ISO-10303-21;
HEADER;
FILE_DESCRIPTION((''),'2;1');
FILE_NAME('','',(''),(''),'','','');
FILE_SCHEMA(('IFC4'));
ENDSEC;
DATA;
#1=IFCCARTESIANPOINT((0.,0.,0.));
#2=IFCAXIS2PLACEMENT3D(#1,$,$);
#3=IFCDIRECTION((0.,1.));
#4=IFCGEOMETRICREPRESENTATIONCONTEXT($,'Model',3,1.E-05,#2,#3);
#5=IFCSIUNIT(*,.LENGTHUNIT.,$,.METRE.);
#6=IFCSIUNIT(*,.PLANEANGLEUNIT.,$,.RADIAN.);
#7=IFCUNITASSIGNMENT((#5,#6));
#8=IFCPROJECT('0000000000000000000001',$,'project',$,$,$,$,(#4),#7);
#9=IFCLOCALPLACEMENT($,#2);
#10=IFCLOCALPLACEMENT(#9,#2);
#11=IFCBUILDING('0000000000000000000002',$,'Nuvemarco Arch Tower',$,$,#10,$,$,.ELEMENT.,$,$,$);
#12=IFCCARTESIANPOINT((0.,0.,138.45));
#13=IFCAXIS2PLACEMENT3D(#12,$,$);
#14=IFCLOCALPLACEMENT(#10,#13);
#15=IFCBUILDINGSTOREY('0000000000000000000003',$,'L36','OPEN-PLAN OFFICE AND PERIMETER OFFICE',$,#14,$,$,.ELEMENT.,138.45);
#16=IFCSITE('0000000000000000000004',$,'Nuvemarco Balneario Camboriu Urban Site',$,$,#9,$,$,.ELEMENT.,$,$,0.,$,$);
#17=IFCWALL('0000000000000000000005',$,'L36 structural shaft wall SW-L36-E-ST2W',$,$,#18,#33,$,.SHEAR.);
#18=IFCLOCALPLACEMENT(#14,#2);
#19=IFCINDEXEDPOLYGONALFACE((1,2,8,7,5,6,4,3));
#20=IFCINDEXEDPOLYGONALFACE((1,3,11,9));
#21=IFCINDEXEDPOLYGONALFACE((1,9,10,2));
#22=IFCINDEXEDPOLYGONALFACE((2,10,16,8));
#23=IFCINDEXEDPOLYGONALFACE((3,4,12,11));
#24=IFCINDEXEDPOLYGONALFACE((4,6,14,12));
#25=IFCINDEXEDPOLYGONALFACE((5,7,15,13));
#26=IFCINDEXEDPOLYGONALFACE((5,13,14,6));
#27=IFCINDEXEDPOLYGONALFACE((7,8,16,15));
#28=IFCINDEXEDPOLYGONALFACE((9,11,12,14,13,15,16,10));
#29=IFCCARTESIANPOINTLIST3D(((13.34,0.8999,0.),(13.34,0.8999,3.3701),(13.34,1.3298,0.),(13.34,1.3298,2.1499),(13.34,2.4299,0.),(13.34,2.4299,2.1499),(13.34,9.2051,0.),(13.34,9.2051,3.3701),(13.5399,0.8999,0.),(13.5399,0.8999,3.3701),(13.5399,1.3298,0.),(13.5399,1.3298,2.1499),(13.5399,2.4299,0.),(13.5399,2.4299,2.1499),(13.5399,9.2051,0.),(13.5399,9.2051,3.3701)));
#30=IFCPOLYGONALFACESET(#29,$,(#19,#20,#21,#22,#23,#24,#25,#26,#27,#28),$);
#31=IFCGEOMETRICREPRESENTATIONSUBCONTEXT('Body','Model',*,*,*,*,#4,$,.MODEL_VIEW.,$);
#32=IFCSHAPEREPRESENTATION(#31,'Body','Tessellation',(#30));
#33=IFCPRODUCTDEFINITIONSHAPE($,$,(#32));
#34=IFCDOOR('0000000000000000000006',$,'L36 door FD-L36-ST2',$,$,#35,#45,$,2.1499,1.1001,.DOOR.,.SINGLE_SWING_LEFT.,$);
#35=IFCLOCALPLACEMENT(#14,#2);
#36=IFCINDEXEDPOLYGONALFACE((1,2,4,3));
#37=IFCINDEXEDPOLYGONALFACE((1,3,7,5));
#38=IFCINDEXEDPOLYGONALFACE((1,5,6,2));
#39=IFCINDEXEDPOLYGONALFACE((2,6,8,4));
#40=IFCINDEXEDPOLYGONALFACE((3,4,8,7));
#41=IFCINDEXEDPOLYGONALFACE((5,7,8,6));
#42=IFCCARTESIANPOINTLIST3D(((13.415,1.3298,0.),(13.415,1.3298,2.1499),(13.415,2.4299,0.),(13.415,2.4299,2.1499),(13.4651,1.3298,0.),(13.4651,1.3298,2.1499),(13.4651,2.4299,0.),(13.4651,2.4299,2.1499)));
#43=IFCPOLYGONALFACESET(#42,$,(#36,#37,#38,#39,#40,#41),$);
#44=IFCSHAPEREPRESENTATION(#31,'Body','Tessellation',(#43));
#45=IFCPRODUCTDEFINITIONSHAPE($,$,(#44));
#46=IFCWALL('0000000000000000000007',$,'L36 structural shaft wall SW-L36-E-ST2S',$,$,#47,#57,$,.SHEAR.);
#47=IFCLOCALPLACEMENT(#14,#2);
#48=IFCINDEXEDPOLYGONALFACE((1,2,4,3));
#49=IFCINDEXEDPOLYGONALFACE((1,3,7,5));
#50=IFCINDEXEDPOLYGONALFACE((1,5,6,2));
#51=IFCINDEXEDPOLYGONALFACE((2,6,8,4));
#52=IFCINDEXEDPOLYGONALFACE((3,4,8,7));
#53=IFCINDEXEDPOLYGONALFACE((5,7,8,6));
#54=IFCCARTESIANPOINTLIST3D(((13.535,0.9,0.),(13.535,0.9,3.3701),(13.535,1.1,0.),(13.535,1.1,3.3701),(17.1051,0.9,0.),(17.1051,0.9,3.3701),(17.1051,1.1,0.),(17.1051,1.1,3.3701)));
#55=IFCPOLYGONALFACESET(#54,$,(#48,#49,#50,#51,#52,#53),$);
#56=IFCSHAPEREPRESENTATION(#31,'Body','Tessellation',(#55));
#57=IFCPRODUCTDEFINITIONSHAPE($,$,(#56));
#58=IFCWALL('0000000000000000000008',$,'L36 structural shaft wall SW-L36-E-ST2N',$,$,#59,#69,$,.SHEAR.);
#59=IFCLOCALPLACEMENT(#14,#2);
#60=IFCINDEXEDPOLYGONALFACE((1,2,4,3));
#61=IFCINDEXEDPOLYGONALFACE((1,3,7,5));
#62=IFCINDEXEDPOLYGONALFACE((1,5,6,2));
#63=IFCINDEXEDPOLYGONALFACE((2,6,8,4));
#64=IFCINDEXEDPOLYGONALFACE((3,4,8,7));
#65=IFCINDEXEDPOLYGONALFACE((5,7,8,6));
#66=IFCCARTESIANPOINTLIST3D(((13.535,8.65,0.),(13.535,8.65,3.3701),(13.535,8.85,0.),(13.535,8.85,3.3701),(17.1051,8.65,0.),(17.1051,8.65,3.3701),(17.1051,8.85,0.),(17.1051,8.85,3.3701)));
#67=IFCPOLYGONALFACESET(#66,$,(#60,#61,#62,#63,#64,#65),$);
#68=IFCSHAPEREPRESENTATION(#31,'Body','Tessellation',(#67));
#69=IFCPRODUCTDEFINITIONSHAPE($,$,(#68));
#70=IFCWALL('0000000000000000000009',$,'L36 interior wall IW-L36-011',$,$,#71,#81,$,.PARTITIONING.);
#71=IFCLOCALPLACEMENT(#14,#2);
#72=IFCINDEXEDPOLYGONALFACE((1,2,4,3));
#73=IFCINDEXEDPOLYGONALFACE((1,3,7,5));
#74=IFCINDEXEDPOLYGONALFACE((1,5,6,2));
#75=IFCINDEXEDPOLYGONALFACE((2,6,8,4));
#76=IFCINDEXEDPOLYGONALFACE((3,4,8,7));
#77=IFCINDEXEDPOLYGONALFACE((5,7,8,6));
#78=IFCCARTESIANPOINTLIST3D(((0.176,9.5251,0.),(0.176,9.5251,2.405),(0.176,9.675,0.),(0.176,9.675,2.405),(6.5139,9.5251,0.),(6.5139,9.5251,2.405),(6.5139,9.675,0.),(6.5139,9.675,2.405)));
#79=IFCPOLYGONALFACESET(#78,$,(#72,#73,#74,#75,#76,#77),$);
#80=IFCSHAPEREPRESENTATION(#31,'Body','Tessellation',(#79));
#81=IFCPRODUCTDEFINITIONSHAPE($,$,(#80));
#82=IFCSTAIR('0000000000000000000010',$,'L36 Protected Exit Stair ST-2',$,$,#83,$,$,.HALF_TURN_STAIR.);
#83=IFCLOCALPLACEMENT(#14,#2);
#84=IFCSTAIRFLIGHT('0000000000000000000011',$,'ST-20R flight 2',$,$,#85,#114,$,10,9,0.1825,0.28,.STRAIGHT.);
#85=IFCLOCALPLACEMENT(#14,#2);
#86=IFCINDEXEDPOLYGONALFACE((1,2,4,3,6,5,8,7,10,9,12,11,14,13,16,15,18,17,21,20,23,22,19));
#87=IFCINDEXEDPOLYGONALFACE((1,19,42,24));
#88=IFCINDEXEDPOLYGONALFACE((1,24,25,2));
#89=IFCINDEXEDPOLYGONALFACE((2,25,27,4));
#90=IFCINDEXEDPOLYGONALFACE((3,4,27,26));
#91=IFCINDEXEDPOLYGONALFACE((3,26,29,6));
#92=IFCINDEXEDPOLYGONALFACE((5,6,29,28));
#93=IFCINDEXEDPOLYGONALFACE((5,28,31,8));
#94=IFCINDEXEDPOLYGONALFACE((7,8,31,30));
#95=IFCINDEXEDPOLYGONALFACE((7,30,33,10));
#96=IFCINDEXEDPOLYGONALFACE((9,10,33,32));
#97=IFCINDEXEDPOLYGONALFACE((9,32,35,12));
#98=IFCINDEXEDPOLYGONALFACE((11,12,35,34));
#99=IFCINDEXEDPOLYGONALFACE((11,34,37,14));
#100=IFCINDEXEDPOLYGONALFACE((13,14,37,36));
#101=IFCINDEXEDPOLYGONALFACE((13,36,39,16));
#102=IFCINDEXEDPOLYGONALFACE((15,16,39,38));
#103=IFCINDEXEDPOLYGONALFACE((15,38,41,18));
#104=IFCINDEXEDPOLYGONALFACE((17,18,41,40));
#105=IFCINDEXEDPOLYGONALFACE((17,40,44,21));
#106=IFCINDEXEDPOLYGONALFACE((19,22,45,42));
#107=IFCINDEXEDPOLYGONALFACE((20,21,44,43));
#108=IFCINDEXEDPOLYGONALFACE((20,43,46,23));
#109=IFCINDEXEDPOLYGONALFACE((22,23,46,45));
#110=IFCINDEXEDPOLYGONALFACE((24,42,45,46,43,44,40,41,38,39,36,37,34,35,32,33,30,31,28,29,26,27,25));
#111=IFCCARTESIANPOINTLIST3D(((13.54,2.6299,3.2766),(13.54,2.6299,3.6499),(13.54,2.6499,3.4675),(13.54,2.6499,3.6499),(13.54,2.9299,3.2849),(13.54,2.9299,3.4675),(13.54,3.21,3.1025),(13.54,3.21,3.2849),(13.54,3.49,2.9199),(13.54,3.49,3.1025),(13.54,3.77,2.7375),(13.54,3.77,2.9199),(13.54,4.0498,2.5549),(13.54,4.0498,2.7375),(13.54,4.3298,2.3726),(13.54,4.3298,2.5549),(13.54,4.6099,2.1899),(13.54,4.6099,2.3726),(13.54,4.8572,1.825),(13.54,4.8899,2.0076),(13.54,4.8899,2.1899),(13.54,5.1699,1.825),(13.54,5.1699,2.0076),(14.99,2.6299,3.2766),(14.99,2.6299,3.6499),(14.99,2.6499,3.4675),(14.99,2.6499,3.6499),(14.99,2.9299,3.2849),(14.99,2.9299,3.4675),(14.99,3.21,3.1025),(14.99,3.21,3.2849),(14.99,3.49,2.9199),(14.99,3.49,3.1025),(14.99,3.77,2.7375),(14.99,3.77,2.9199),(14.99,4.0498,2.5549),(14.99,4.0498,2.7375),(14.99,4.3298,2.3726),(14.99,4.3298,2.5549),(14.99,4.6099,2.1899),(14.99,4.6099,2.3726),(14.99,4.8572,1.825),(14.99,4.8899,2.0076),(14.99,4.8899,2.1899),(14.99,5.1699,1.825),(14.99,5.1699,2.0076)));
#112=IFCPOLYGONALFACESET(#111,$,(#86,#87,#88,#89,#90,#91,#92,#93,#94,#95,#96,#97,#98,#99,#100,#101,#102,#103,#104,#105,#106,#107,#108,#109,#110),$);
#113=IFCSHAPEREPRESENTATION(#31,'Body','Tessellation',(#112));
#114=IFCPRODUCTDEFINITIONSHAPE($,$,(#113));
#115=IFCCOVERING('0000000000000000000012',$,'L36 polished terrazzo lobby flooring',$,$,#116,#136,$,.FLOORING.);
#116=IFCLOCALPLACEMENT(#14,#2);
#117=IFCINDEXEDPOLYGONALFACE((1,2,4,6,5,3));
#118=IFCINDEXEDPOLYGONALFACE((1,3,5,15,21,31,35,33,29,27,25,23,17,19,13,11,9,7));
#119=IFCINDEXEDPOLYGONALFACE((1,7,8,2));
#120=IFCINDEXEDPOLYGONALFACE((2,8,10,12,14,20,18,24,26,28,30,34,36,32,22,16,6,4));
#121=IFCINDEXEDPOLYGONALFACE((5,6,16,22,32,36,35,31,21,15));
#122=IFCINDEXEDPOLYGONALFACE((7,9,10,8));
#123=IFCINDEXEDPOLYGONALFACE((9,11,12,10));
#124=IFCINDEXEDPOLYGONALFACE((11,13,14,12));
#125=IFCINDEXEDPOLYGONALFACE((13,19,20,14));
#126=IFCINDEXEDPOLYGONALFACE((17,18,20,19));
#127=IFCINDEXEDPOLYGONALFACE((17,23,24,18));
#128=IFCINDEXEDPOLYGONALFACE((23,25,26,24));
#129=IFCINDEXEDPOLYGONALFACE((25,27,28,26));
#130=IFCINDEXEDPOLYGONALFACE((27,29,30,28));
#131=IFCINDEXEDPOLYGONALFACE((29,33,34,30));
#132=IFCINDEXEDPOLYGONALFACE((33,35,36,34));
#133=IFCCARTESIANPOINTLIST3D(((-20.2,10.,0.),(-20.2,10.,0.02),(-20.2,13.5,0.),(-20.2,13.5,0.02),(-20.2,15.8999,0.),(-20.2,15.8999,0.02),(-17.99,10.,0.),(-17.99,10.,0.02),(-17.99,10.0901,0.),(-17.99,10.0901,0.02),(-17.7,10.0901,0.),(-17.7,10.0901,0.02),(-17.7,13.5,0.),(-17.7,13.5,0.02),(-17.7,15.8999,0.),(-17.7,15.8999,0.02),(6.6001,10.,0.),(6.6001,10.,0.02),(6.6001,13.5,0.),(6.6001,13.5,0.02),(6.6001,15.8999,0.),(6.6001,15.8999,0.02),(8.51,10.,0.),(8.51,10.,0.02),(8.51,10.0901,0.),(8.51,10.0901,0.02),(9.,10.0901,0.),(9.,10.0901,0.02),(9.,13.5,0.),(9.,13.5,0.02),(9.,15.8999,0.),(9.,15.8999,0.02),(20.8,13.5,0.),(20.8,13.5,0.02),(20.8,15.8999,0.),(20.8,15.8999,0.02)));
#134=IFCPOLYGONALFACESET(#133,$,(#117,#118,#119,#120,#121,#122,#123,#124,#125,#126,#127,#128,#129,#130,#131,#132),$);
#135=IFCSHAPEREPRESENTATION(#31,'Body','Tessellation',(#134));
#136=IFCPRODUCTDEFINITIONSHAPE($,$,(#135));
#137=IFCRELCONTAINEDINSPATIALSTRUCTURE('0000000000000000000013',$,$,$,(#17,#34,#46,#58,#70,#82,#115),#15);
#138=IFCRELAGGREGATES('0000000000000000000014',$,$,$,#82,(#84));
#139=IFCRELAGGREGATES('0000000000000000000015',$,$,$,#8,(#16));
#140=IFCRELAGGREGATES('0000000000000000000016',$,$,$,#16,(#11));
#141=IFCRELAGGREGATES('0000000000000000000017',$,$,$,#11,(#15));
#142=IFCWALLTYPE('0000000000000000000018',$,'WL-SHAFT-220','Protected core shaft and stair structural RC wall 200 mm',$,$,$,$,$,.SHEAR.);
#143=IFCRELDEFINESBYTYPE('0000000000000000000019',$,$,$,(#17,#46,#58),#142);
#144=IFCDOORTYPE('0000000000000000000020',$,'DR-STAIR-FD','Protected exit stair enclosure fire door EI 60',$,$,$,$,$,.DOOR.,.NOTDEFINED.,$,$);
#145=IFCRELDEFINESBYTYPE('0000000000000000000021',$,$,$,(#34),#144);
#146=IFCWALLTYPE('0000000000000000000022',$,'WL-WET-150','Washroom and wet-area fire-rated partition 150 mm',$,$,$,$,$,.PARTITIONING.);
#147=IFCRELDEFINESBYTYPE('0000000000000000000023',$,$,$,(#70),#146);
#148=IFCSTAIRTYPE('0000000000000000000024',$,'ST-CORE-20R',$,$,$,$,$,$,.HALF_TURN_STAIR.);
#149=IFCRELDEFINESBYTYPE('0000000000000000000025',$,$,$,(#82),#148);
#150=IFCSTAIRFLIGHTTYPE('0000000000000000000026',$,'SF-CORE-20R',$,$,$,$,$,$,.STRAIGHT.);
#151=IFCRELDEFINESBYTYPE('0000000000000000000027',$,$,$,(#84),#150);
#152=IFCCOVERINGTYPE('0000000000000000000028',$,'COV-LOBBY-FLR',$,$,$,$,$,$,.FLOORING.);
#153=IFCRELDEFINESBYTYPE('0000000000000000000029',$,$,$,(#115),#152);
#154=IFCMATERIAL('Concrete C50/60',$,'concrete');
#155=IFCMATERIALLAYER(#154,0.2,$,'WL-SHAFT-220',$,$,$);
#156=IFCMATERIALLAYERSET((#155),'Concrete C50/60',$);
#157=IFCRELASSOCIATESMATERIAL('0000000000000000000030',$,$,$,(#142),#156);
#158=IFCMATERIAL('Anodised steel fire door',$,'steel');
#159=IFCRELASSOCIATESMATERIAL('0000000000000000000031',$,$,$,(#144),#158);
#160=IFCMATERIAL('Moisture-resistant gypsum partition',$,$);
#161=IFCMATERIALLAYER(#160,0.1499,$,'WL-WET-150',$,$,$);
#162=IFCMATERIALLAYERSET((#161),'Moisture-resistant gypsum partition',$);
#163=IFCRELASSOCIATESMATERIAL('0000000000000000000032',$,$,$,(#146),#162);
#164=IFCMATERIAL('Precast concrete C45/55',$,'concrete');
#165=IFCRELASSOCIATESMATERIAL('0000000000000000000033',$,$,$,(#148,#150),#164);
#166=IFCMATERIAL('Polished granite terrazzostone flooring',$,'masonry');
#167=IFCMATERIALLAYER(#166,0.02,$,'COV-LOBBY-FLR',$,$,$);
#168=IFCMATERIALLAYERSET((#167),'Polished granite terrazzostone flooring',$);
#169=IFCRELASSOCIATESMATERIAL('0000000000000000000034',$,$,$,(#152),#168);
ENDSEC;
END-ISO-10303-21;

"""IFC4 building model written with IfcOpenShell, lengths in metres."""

from ifc_helpers import new_model, si_unit, direction, frame, frame_2d, origin, place, context, subcontext, project, spatial, polyline, rectangle, outline, extrude, source, transform, mapped, material, layer, layer_set, type_object, type_shapes, element, fill, aggregate, save


model = new_model("IFC4")

# Units and contexts
model_context = context("Model", 3, precision=1e-05, world=origin(), true_north=direction((0.0, 1.0)))
body_context = subcontext(model_context, "Body", "Model", "MODEL_VIEW")
ifc_project = project(units=[si_unit("LENGTHUNIT", "METRE"), si_unit("PLANEANGLEUNIT", "RADIAN")], contexts=[model_context])

# Site, building, storey
site_placement = place(None, origin())
site = spatial("IfcSite", under=ifc_project, at=site_placement, Name="Nuvemarco Balneario Camboriu Urban Site", CompositionType="ELEMENT", RefElevation=0.0)
building_placement = place(site_placement, origin())
building = spatial("IfcBuilding", under=site, at=building_placement, Name="Nuvemarco Arch Tower", CompositionType="ELEMENT")
storey_placement = place(building_placement, frame((0.0, 0.0, 138.45)))
storey = spatial("IfcBuildingStorey", under=building, at=storey_placement, Name="L36", Description="OPEN-PLAN OFFICE AND PERIMETER OFFICE", CompositionType="ELEMENT", Elevation=138.45)

# Shared definitions
ifc_material_1 = material(Name="Concrete C50/60", Category="concrete")

# Shared definitions
ifc_material_2 = material(Name="Anodised steel fire door", Category="steel")

# Wall, opening, door
ifc_layer_1 = layer(ifc_material_1, 0.2, Name="WL-SHAFT-220")
ifc_layer_set_1 = layer_set([ifc_layer_1], Name="Concrete C50/60")
wall_type_1 = type_object("IfcWallType", Name="WL-SHAFT-220", Description="Protected core shaft and stair structural RC wall 200 mm", PredefinedType="SHEAR", material=ifc_layer_set_1)
wall_1_placement = place(storey_placement, frame((13.4399, 0.8999, 0.0), z_axis=(0.0, 0.0, 1.0), x_axis=(0.0, 1.0, 0.0)))
wall_1 = element("IfcWall", 1, at=wall_1_placement, inside=storey, type_object=wall_type_1, Name="L36 structural shaft wall SW-L36-E-ST2W", PredefinedType="SHEAR", context=body_context, shape_type="SweptSolid", body=[
    extrude(rectangle(XDim=8.3052, YDim=0.2, at=frame_2d((4.1526, 0.0))), origin(), (0.0, 0.0, 1.0), 3.3701),
])
opening_1_placement = place(wall_1_placement, frame((0.4299, 0.0, 0.0)))
opening_1 = element("IfcOpeningElement", 2, at=opening_1_placement, cuts=wall_1, PredefinedType="OPENING", context=body_context, shape_type="SweptSolid", body=[
    extrude(rectangle(XDim=1.1001, YDim=2.1499, at=frame_2d((0.55, 1.075))), frame((0.0, 0.1099, 0.0), z_axis=(0.0, -1.0, 0.0), x_axis=(1.0, 0.0, 0.0)), (0.0, 0.0, 1.0), 0.22),
])
door_type_1 = type_object("IfcDoorType", Name="DR-STAIR-FD", Description="Protected exit stair enclosure fire door EI 60", OperationType="NOTDEFINED", PredefinedType="DOOR", material=ifc_material_2)
shared_shape_1 = source(origin(), body_context, "Body", "SweptSolid", [
    extrude(rectangle(XDim=1.1001, YDim=2.1499, at=frame_2d((0.55, 1.075))), frame((0.0, 0.0249, 0.0), z_axis=(0.0, -1.0, 0.0), x_axis=(1.0, 0.0, 0.0)), (0.0, 0.0, 1.0), 0.05),
])
type_shapes(door_type_1, [shared_shape_1])
door_1_placement = place(opening_1_placement, origin())
door_1 = element("IfcDoor", 3, at=door_1_placement, inside=storey, type_object=door_type_1, Name="L36 door FD-L36-ST2", OperationType="SINGLE_SWING_LEFT", OverallHeight=2.1499, OverallWidth=1.1001, PredefinedType="DOOR", context=body_context, shape_type="MappedRepresentation", body=[
    mapped(shared_shape_1, transform((0.0, 0.0, 0.0), scale=1.0)),
])
fill(opening_1, door_1)

# Walls
for number, where, z_axis, x_axis, name in (
    (4, (13.5349, 1.0, 0.0), (0.0, 0.0, 1.0), (1.0, 0.0, 0.0), "L36 structural shaft wall SW-L36-E-ST2S"),
    (5, (13.5349, 8.75, 0.0), (0.0, 0.0, 1.0), (1.0, 0.0, 0.0), "L36 structural shaft wall SW-L36-E-ST2N"),
):
    element("IfcWall", number, at=place(storey_placement, frame(where, z_axis=z_axis, x_axis=x_axis)), inside=storey, type_object=wall_type_1, Name=name, PredefinedType="SHEAR", context=body_context, shape_type="SweptSolid", body=[
        extrude(rectangle(XDim=3.5701, YDim=0.2, at=frame_2d((1.7852, 0.0))), origin(), (0.0, 0.0, 1.0), 3.3701),
    ])
ifc_material_3 = material(Name="Moisture-resistant gypsum partition")
ifc_layer_2 = layer(ifc_material_3, 0.1499, Name="WL-WET-150")
ifc_layer_set_2 = layer_set([ifc_layer_2], Name="Moisture-resistant gypsum partition")
wall_type_2 = type_object("IfcWallType", Name="WL-WET-150", Description="Washroom and wet-area fire-rated partition 150 mm", PredefinedType="PARTITIONING", material=ifc_layer_set_2)
wall_2_placement = place(storey_placement, frame((0.176, 9.6001, 0.0), z_axis=(0.0, 0.0, 1.0), x_axis=(1.0, 0.0, 0.0)))
element("IfcWall", 6, at=wall_2_placement, inside=storey, type_object=wall_type_2, Name="L36 interior wall IW-L36-011", PredefinedType="PARTITIONING", context=body_context, shape_type="SweptSolid", body=[
    extrude(rectangle(XDim=6.3379, YDim=0.1499, at=frame_2d((3.1689, 0.0))), origin(), (0.0, 0.0, 1.0), 2.405),
])

# Stair, stair flight
ifc_material_4 = material(Name="Precast concrete C45/55", Category="concrete")
stair_type = type_object("IfcStairType", Name="ST-CORE-20R", PredefinedType="HALF_TURN_STAIR", material=ifc_material_4)
stair_placement = place(storey_placement, origin())
stair = element("IfcStair", 7, at=stair_placement, inside=storey, type_object=stair_type, Name="L36 Protected Exit Stair ST-2", PredefinedType="HALF_TURN_STAIR")
stair_flight_type = type_object("IfcStairFlightType", Name="SF-CORE-20R", PredefinedType="STRAIGHT", material=ifc_material_4)
stair_flight_placement = place(storey_placement, frame((14.2649, 5.1699, 1.825), z_axis=(0.0, 0.0, 1.0), x_axis=(0.0, -1.0, 0.0)))
stair_flight = element("IfcStairFlight", 8, at=stair_flight_placement, type_object=stair_flight_type, Name="ST-20R flight 2", NumberOfRisers=10, NumberOfTreads=9, PredefinedType="STRAIGHT", RiserHeight=0.1825, TreadLength=0.28, context=body_context, shape_type="SweptSolid", body=[
    extrude(outline(polyline([(0.0, 0.0), (0.0, 0.1826), (0.28, 0.1826), (0.28, 0.365), (0.5601, 0.365), (0.5601, 0.5476), (0.8401, 0.5476), (0.8401, 0.73), (1.1201, 0.73), (1.1201, 0.9126), (1.3999, 0.9126), (1.3999, 1.095), (1.6799, 1.095), (1.6799, 1.2776), (1.96, 1.2776), (1.96, 1.46), (2.24, 1.46), (2.24, 1.6426), (2.52, 1.6426), (2.52, 1.825), (2.54, 1.825), (2.54, 1.4517), (0.3127, 0.0), (0.0, 0.0)])), frame((0.0, 0.7251, 0.0), z_axis=(0.0, -1.0, 0.0), x_axis=(1.0, 0.0, 0.0)), (0.0, 0.0, 1.0), 1.45),
])
aggregate(stair, [stair_flight])

# Covering
ifc_material_5 = material(Name="Polished granite terrazzostone flooring", Category="masonry")
ifc_layer_3 = layer(ifc_material_5, 0.02, Name="COV-LOBBY-FLR")
ifc_layer_set_3 = layer_set([ifc_layer_3], Name="Polished granite terrazzostone flooring")
covering_type = type_object("IfcCoveringType", Name="COV-LOBBY-FLR", PredefinedType="FLOORING", material=ifc_layer_set_3)
covering_placement = place(storey_placement, origin())
element("IfcCovering", 9, at=covering_placement, inside=storey, type_object=covering_type, Name="L36 polished terrazzo lobby flooring", PredefinedType="FLOORING", context=body_context, shape_type="SweptSolid", body=[
    extrude(outline(polyline([(-20.2, 13.5), (-20.2, 15.8999), (-17.7, 15.8999), (6.6001, 15.8999), (9.0, 15.8999), (20.8, 15.8999), (20.8, 13.5), (9.0, 13.5), (9.0, 10.0901), (8.51, 10.0901), (8.51, 10.0), (6.6001, 10.0), (6.6001, 13.5), (-17.7, 13.5), (-17.7, 10.0901), (-17.99, 10.0901), (-17.99, 10.0), (-20.2, 10.0), (-20.2, 13.5)])), origin(), (0.0, 0.0, 1.0), 0.02),
])

save(model, "model.ifc")
